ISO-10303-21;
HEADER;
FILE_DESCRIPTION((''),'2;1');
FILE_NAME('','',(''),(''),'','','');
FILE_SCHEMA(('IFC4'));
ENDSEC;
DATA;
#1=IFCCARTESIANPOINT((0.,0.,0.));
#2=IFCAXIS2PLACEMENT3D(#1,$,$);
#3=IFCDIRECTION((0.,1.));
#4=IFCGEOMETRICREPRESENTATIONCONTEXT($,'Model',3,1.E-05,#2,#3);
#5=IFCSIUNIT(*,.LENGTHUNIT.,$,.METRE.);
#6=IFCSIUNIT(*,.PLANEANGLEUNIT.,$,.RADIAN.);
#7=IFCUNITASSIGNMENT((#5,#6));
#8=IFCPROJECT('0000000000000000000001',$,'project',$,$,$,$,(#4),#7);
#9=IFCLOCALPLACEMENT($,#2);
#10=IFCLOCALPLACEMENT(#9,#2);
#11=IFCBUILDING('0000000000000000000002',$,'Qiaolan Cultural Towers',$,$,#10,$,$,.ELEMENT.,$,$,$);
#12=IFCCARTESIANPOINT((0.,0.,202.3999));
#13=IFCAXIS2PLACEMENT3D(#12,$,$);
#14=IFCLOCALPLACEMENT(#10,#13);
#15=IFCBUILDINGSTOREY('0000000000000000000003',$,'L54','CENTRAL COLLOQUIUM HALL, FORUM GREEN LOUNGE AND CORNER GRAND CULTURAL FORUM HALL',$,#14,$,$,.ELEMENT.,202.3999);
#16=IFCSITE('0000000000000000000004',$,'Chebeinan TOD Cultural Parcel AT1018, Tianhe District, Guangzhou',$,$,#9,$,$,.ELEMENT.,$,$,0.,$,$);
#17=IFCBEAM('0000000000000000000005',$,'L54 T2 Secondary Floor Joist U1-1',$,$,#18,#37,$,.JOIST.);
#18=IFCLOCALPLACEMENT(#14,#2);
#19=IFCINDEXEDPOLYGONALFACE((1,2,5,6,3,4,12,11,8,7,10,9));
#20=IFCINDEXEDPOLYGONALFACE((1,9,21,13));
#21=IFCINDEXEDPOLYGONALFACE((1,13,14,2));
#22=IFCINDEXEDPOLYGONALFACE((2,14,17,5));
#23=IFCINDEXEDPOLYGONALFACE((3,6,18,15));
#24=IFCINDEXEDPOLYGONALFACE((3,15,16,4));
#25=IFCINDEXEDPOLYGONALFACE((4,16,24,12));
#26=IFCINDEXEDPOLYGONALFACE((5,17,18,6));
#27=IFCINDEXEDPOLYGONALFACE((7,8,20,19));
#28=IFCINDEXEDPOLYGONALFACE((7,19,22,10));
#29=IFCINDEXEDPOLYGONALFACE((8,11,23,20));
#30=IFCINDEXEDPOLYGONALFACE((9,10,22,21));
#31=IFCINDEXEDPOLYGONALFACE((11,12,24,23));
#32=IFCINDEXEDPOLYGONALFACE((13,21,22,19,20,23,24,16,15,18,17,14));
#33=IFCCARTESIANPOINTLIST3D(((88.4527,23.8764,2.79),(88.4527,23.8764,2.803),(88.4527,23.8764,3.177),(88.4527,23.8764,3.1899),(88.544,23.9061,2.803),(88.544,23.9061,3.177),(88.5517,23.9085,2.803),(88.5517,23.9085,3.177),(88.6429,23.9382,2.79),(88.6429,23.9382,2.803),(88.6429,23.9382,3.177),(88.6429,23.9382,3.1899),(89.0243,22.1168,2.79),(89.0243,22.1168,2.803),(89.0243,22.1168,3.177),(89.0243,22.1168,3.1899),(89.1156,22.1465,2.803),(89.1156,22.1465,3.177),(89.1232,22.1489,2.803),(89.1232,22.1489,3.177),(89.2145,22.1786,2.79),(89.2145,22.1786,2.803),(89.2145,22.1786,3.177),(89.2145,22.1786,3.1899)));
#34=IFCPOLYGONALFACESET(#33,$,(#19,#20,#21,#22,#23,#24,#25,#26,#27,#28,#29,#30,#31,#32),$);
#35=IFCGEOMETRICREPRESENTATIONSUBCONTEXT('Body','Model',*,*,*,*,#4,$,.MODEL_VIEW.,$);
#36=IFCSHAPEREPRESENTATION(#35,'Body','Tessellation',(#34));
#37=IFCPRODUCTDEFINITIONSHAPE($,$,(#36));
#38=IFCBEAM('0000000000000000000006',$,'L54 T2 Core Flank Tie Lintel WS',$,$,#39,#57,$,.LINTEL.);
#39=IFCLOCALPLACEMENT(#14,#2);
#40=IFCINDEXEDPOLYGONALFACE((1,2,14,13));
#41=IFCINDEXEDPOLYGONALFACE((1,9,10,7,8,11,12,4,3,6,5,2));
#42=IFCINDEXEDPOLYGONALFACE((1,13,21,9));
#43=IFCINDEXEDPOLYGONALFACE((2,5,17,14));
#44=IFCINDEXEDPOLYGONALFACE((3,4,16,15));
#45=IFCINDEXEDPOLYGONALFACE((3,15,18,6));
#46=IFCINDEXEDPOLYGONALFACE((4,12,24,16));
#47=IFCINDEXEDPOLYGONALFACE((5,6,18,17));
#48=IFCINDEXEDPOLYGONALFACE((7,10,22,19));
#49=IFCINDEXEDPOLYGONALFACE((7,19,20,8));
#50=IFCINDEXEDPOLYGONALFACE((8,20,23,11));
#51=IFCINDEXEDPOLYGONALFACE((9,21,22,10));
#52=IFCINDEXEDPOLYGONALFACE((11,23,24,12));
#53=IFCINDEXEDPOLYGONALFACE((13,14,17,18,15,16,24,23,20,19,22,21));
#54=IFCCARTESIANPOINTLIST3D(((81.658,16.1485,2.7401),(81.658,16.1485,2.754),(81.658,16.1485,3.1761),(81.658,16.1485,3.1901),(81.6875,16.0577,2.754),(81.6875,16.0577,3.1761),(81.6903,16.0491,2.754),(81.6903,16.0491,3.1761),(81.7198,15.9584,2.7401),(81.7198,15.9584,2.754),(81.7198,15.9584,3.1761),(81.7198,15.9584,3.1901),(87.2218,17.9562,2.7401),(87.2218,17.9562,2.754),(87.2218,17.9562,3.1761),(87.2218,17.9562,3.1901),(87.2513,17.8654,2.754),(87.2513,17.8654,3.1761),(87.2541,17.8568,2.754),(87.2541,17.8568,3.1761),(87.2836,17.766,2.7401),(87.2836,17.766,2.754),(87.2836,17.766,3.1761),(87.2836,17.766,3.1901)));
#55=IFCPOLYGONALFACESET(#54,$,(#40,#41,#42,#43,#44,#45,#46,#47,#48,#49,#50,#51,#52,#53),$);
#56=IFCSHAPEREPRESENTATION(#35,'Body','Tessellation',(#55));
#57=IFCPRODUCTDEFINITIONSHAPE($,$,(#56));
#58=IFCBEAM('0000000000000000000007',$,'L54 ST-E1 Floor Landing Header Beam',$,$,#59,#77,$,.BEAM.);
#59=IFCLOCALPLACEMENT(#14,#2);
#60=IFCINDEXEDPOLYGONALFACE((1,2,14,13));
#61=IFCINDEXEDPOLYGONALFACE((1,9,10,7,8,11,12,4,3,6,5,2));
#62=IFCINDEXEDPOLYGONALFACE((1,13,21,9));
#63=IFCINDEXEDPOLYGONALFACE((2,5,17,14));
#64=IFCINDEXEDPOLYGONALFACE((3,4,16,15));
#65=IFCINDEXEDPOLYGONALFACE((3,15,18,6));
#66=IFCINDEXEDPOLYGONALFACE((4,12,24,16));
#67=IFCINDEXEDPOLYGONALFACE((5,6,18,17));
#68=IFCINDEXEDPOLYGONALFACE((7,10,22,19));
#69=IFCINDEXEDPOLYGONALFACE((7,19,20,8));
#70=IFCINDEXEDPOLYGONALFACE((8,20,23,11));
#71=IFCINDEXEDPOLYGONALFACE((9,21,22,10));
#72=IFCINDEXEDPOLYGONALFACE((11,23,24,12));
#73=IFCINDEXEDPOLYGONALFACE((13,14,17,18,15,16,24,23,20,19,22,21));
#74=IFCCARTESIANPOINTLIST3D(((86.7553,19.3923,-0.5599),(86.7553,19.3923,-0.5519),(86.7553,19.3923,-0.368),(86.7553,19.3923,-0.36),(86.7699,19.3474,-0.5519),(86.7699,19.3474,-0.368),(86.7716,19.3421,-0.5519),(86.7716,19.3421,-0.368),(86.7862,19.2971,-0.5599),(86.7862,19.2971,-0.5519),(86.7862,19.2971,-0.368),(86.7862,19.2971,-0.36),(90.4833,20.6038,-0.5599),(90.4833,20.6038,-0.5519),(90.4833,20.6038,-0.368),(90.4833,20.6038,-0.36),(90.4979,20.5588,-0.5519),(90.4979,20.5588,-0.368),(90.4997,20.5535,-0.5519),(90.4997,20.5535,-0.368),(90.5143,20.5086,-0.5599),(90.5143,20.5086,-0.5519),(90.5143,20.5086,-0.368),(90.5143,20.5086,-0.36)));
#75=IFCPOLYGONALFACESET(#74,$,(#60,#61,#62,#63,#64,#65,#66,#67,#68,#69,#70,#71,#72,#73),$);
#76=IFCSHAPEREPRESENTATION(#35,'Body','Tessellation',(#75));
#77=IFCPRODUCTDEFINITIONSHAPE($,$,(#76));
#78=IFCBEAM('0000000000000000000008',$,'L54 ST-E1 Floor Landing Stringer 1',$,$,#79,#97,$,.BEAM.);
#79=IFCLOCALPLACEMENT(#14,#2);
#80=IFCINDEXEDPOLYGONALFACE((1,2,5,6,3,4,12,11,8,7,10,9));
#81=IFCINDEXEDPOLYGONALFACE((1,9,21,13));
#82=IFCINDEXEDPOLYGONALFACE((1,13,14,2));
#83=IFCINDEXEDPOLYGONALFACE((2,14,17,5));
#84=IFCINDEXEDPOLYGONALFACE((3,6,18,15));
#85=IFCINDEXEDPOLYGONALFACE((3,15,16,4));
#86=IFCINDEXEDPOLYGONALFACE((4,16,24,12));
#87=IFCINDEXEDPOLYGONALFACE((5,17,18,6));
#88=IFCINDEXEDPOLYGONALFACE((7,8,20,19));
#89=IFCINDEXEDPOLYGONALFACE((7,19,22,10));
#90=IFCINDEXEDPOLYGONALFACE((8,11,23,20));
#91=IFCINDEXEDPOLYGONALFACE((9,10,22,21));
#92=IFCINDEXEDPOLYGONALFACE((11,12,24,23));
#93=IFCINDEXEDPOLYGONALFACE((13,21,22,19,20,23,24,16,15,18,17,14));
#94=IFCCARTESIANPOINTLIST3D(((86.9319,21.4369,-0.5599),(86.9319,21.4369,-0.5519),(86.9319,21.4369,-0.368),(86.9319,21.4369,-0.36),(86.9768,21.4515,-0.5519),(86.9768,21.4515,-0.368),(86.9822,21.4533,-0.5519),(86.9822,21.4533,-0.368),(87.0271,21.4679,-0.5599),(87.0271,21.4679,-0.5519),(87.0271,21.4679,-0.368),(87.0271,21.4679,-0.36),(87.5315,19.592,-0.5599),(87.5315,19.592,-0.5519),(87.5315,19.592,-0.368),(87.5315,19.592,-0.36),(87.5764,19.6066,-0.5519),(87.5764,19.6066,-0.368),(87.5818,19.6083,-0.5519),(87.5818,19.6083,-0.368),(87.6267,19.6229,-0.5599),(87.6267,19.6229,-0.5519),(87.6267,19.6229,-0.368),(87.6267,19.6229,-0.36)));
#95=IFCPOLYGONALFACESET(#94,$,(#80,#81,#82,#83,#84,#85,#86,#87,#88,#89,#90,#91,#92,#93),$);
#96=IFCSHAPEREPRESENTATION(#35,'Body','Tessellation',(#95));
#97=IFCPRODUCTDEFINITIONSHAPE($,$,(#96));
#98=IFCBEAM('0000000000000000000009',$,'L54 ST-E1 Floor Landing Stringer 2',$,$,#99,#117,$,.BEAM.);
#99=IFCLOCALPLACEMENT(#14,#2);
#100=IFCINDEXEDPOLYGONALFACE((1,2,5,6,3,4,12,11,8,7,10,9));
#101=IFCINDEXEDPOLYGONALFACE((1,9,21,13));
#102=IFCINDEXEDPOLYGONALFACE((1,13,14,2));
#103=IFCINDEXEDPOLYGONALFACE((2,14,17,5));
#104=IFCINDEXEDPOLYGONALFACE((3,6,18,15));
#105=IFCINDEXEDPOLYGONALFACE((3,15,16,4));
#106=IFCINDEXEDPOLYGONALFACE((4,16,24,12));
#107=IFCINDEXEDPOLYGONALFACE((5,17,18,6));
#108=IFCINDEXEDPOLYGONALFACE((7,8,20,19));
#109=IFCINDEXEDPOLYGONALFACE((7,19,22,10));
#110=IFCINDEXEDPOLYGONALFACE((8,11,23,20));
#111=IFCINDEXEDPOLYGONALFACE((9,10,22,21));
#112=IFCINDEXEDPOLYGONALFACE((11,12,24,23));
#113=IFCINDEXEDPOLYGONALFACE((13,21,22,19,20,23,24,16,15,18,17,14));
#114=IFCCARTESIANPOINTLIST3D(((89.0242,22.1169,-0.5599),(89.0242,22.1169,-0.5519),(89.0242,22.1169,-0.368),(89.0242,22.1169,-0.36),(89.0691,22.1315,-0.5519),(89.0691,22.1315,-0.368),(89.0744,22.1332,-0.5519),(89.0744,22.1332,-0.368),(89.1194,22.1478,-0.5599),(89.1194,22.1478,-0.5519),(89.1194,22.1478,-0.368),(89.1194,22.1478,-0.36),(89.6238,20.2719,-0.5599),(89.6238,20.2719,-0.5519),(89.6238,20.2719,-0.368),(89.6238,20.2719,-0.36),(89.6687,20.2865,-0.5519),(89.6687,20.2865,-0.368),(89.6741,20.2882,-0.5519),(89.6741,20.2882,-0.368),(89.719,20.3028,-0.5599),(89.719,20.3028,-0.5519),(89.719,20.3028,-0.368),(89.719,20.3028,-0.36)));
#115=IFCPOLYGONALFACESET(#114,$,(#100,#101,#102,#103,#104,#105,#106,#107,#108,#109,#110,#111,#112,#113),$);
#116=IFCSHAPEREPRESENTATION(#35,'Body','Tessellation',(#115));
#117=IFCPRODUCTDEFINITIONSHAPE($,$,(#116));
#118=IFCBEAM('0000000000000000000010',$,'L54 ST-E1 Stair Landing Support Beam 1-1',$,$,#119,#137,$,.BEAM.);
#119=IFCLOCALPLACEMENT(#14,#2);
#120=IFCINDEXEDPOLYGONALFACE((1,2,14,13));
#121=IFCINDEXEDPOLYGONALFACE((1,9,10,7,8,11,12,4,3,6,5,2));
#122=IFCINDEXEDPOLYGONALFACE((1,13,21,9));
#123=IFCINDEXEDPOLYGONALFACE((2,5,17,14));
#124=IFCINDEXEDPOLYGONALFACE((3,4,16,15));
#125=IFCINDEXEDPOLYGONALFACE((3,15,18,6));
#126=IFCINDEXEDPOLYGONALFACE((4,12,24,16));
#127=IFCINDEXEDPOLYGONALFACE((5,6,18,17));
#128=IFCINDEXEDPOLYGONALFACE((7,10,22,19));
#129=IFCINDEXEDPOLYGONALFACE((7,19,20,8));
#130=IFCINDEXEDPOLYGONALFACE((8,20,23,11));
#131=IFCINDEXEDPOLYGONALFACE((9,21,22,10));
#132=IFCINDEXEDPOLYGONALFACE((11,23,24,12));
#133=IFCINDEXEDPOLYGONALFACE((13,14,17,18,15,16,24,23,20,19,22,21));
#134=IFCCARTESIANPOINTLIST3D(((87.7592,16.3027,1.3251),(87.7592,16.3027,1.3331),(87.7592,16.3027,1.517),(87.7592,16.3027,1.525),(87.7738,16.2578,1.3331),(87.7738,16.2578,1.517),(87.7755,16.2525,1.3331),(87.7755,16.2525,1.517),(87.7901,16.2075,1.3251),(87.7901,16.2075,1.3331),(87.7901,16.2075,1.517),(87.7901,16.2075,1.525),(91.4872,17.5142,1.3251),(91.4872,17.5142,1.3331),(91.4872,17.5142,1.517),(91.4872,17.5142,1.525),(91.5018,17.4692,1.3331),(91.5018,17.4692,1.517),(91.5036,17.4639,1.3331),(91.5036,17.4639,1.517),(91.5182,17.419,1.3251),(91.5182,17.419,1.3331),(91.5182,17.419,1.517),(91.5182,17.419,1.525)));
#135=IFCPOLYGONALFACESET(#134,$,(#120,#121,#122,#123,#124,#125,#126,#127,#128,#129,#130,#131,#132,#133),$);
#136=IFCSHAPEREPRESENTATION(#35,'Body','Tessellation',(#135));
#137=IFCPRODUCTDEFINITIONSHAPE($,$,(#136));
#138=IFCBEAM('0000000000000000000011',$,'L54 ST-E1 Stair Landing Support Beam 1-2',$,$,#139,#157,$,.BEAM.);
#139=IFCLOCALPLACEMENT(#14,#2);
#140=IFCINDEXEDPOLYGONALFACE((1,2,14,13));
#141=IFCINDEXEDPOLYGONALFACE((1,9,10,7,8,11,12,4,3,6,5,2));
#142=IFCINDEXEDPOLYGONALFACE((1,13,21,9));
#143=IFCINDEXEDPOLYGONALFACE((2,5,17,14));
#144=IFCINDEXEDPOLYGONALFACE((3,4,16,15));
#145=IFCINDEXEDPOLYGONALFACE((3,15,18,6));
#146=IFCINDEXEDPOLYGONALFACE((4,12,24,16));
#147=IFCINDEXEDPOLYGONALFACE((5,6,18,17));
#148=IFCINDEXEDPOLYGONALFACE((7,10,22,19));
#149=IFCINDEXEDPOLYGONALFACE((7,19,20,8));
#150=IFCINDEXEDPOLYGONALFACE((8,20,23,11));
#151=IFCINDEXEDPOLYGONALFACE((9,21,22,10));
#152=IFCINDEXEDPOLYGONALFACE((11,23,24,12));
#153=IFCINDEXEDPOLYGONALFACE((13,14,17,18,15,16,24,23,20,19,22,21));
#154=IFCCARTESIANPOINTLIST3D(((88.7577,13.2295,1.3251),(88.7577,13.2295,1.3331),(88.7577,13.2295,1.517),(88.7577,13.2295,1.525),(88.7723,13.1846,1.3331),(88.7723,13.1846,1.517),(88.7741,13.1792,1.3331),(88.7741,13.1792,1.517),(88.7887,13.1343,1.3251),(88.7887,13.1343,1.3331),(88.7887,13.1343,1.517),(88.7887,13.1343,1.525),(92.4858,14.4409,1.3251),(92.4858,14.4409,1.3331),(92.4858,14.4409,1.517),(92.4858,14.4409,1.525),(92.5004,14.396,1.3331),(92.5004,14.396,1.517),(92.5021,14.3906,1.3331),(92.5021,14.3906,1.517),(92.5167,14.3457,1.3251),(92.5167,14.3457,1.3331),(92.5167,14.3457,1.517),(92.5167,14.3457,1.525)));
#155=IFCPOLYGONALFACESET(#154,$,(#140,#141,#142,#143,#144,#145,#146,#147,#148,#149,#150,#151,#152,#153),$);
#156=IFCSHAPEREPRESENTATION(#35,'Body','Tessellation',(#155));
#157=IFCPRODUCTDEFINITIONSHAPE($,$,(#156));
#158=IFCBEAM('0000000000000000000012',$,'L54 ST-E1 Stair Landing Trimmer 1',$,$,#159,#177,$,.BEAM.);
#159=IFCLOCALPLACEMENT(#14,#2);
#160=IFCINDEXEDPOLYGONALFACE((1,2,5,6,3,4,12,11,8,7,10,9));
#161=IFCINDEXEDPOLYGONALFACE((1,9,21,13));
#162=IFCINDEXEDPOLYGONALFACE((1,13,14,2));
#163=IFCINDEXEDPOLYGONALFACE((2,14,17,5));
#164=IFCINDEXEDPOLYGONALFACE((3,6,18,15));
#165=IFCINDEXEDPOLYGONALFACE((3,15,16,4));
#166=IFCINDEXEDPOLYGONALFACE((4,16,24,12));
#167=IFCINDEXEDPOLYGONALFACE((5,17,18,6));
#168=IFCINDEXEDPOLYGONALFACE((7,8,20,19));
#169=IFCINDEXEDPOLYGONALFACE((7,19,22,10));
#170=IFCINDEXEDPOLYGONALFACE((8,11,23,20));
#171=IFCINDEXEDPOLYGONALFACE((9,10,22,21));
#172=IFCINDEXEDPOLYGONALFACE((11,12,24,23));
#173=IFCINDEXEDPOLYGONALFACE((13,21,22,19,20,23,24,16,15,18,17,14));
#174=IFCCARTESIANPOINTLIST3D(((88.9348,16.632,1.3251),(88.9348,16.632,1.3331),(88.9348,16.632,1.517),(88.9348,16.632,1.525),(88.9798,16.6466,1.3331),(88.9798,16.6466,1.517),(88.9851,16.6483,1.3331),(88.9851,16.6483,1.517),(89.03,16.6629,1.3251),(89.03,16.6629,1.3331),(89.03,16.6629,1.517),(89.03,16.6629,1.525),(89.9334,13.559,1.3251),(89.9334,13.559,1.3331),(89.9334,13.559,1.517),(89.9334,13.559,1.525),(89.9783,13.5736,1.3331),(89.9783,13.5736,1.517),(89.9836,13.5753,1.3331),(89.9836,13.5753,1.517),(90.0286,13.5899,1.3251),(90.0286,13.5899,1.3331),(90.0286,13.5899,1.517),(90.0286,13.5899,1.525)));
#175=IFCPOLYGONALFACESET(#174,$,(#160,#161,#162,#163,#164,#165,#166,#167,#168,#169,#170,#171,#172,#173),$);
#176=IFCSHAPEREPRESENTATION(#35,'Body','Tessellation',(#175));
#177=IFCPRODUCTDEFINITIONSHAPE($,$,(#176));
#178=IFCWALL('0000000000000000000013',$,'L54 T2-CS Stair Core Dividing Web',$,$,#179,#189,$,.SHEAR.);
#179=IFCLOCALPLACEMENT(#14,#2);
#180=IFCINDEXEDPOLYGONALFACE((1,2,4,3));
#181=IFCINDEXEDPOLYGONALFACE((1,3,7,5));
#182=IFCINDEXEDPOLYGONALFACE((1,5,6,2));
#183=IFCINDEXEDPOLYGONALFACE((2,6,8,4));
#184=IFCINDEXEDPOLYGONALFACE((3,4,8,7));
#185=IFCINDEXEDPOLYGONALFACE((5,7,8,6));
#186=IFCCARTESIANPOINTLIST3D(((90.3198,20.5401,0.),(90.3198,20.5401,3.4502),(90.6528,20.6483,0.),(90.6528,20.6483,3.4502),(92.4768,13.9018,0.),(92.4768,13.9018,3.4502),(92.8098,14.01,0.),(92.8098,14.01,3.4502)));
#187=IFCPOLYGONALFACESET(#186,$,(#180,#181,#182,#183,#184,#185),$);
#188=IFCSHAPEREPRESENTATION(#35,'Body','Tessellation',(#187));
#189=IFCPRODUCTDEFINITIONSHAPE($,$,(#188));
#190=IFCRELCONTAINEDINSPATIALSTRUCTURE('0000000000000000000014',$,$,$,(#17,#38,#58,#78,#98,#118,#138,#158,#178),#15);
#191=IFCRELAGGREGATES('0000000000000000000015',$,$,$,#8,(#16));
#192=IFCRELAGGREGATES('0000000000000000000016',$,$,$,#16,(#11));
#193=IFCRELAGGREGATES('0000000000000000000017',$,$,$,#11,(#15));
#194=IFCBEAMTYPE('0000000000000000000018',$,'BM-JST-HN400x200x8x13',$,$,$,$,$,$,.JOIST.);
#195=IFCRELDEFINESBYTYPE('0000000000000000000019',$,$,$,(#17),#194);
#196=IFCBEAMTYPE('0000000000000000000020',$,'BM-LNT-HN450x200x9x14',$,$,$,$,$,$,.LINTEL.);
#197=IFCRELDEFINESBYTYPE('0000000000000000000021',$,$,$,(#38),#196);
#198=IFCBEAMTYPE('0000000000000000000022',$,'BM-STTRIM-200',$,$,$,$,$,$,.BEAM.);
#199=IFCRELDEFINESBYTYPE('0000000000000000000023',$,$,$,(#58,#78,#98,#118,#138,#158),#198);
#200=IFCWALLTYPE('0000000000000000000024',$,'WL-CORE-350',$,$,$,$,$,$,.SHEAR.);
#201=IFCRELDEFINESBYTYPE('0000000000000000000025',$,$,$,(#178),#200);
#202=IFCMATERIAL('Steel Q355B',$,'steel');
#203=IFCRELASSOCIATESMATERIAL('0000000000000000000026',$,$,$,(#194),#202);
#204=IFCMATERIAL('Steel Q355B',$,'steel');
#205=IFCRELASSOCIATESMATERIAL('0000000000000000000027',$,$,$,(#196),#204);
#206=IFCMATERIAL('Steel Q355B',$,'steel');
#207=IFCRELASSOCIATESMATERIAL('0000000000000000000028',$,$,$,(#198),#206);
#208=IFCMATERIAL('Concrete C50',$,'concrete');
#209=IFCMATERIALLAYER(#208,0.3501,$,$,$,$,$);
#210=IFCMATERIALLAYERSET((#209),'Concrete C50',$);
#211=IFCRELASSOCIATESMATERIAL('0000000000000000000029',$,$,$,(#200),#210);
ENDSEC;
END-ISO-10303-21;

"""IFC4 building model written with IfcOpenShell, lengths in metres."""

from ifc_helpers import new_model, si_unit, direction, frame, frame_2d, origin, origin_2d, place, context, subcontext, project, spatial, rectangle, i_section, extrude, material, layer, layer_set, material_profile, profile_set, type_object, element, save


model = new_model("IFC4")

# Units and contexts
model_context = context("Model", 3, precision=1e-05, world=origin(), true_north=direction((0.0, 1.0)))
body_context = subcontext(model_context, "Body", "Model", "MODEL_VIEW")
ifc_project = project(units=[si_unit("LENGTHUNIT", "METRE"), si_unit("PLANEANGLEUNIT", "RADIAN")], contexts=[model_context])

# Site, building, storey
site_placement = place(None, origin())
site = spatial("IfcSite", under=ifc_project, at=site_placement, Name="Chebeinan TOD Cultural Parcel AT1018, Tianhe District, Guangzhou", CompositionType="ELEMENT", RefElevation=0.0)
building_placement = place(site_placement, origin())
building = spatial("IfcBuilding", under=site, at=building_placement, Name="Qiaolan Cultural Towers", CompositionType="ELEMENT")
storey_placement = place(building_placement, frame((0.0, 0.0, 202.3999)))
storey = spatial("IfcBuildingStorey", under=building, at=storey_placement, Name="L54", Description="CENTRAL COLLOQUIUM HALL, FORUM GREEN LOUNGE AND CORNER GRAND CULTURAL FORUM HALL", CompositionType="ELEMENT", Elevation=202.3999)

# Beams
ifc_material_1 = material(Name="Steel Q355B", Category="steel")
ifc_material_profile_1 = material_profile(ifc_material_1, i_section(OverallWidth=0.2, OverallDepth=0.3999, WebThickness=0.0081, FlangeThickness=0.0129, at=origin_2d()), Name="HN400x200x8x13")
ifc_profile_set_1 = profile_set([ifc_material_profile_1], Name="Steel Q355B")
beam_type_1 = type_object("IfcBeamType", Name="BM-JST-HN400x200x8x13", PredefinedType="JOIST", material=ifc_profile_set_1)
beam_1_placement = place(storey_placement, frame((89.1194, 22.1477, 2.99), z_axis=(-0.308934, 0.951084, 0.0), x_axis=(-0.951084, -0.308934, 0.0)))
element("IfcBeam", 1, at=beam_1_placement, inside=storey, type_object=beam_type_1, Name="L54 T2 Secondary Floor Joist U1-1", PredefinedType="JOIST", context=body_context, shape_type="SweptSolid", body=[
    extrude(i_section(OverallWidth=0.2, OverallDepth=0.3999, WebThickness=0.0081, FlangeThickness=0.0129, at=origin_2d()), origin(), (0.0, 0.0, 1.0), 1.8501),
])
ifc_material_2 = material(Name="Steel Q355B", Category="steel")
ifc_material_profile_2 = material_profile(ifc_material_2, i_section(OverallWidth=0.2, OverallDepth=0.45, WebThickness=0.009, FlangeThickness=0.0139, at=origin_2d()), Name="HN450x200x9x14")
ifc_profile_set_2 = profile_set([ifc_material_profile_2], Name="Steel Q355B")
beam_type_2 = type_object("IfcBeamType", Name="BM-LNT-HN450x200x9x14", PredefinedType="LINTEL", material=ifc_profile_set_2)
beam_2_placement = place(storey_placement, frame((87.2527, 17.8611, 2.9651), z_axis=(-0.951064, -0.308995, 0.0), x_axis=(0.308995, -0.951064, 0.0)))
element("IfcBeam", 2, at=beam_2_placement, inside=storey, type_object=beam_type_2, Name="L54 T2 Core Flank Tie Lintel WS", PredefinedType="LINTEL", context=body_context, shape_type="SweptSolid", body=[
    extrude(i_section(OverallWidth=0.2, OverallDepth=0.45, WebThickness=0.009, FlangeThickness=0.0139, at=origin_2d()), origin(), (0.0, 0.0, 1.0), 5.8501),
])
ifc_material_3 = material(Name="Steel Q355B", Category="steel")
ifc_material_profile_3 = material_profile(ifc_material_3, i_section(OverallWidth=0.1001, OverallDepth=0.2, WebThickness=0.0056, FlangeThickness=0.0081, at=origin_2d()), Name="HN200x100x5.5x8")
ifc_profile_set_3 = profile_set([ifc_material_profile_3], Name="Steel Q355B")
beam_type_3 = type_object("IfcBeamType", Name="BM-STTRIM-200", PredefinedType="BEAM", material=ifc_profile_set_3)
beam_3_placement = place(storey_placement, frame((86.7708, 19.3447, -0.46), z_axis=(0.951048, 0.309044, 0.0), x_axis=(-0.309044, 0.951048, 0.0)))
element("IfcBeam", 3, at=beam_3_placement, inside=storey, type_object=beam_type_3, Name="L54 ST-E1 Floor Landing Header Beam", PredefinedType="BEAM", context=body_context, shape_type="SweptSolid", body=[
    extrude(i_section(OverallWidth=0.1001, OverallDepth=0.2, WebThickness=0.0056, FlangeThickness=0.0081, at=origin_2d()), origin(), (0.0, 0.0, 1.0), 3.9199),
])
for number, where, z_axis, x_axis, name in (
    (4, (86.9795, 21.4524, -0.46), (0.309083, -0.951035, 0.0), (0.951035, 0.309083, 0.0), "L54 ST-E1 Floor Landing Stringer 1"),
    (5, (89.0718, 22.1323, -0.46), (0.309083, -0.951035, 0.0), (0.951035, 0.309083, 0.0), "L54 ST-E1 Floor Landing Stringer 2"),
):
    element("IfcBeam", number, at=place(storey_placement, frame(where, z_axis=z_axis, x_axis=x_axis)), inside=storey, type_object=beam_type_3, Name=name, PredefinedType="BEAM", context=body_context, shape_type="SweptSolid", body=[
        extrude(i_section(OverallWidth=0.1001, OverallDepth=0.2, WebThickness=0.0056, FlangeThickness=0.0081, at=origin_2d()), origin(), (0.0, 0.0, 1.0), 1.9399),
    ])
for number, where, z_axis, x_axis, name in (
    (6, (87.7747, 16.2551, 1.425), (0.951048, 0.309044, 0.0), (-0.309044, 0.951048, 0.0), "L54 ST-E1 Stair Landing Support Beam 1-1"),
    (7, (88.7732, 13.1819, 1.425), (0.951048, 0.309044, 0.0), (-0.309044, 0.951048, 0.0), "L54 ST-E1 Stair Landing Support Beam 1-2"),
):
    element("IfcBeam", number, at=place(storey_placement, frame(where, z_axis=z_axis, x_axis=x_axis)), inside=storey, type_object=beam_type_3, Name=name, PredefinedType="BEAM", context=body_context, shape_type="SweptSolid", body=[
        extrude(i_section(OverallWidth=0.1001, OverallDepth=0.2, WebThickness=0.0056, FlangeThickness=0.0081, at=origin_2d()), origin(), (0.0, 0.0, 1.0), 3.9199),
    ])
beam_4_placement = place(storey_placement, frame((88.9824, 16.6475, 1.425), z_axis=(0.309033, -0.951051, 0.0), x_axis=(0.951051, 0.309033, 0.0)))
element("IfcBeam", 8, at=beam_4_placement, inside=storey, type_object=beam_type_3, Name="L54 ST-E1 Stair Landing Trimmer 1", PredefinedType="BEAM", context=body_context, shape_type="SweptSolid", body=[
    extrude(i_section(OverallWidth=0.1001, OverallDepth=0.2, WebThickness=0.0056, FlangeThickness=0.0081, at=origin_2d()), origin(), (0.0, 0.0, 1.0), 3.2312),
])

# Wall
ifc_material_4 = material(Name="Concrete C50", Category="concrete")
ifc_layer_1 = layer(ifc_material_4, 0.3501)
ifc_layer_set_1 = layer_set([ifc_layer_1], Name="Concrete C50")
wall_type_1 = type_object("IfcWallType", Name="WL-CORE-350", PredefinedType="SHEAR", material=ifc_layer_set_1)
wall_1_placement = place(storey_placement, frame((90.4863, 20.5942, 0.0), z_axis=(0.0, 0.0, 1.0), x_axis=(0.30902, -0.951055, 0.0)))
element("IfcWall", 9, at=wall_1_placement, inside=storey, type_object=wall_type_1, Name="L54 T2-CS Stair Core Dividing Web", PredefinedType="SHEAR", context=body_context, shape_type="SweptSolid", body=[
    extrude(rectangle(XDim=6.98, YDim=0.3501, at=frame_2d((3.49, 0.0))), origin(), (0.0, 0.0, 1.0), 3.4502),
])

save(model, "model.ifc")
